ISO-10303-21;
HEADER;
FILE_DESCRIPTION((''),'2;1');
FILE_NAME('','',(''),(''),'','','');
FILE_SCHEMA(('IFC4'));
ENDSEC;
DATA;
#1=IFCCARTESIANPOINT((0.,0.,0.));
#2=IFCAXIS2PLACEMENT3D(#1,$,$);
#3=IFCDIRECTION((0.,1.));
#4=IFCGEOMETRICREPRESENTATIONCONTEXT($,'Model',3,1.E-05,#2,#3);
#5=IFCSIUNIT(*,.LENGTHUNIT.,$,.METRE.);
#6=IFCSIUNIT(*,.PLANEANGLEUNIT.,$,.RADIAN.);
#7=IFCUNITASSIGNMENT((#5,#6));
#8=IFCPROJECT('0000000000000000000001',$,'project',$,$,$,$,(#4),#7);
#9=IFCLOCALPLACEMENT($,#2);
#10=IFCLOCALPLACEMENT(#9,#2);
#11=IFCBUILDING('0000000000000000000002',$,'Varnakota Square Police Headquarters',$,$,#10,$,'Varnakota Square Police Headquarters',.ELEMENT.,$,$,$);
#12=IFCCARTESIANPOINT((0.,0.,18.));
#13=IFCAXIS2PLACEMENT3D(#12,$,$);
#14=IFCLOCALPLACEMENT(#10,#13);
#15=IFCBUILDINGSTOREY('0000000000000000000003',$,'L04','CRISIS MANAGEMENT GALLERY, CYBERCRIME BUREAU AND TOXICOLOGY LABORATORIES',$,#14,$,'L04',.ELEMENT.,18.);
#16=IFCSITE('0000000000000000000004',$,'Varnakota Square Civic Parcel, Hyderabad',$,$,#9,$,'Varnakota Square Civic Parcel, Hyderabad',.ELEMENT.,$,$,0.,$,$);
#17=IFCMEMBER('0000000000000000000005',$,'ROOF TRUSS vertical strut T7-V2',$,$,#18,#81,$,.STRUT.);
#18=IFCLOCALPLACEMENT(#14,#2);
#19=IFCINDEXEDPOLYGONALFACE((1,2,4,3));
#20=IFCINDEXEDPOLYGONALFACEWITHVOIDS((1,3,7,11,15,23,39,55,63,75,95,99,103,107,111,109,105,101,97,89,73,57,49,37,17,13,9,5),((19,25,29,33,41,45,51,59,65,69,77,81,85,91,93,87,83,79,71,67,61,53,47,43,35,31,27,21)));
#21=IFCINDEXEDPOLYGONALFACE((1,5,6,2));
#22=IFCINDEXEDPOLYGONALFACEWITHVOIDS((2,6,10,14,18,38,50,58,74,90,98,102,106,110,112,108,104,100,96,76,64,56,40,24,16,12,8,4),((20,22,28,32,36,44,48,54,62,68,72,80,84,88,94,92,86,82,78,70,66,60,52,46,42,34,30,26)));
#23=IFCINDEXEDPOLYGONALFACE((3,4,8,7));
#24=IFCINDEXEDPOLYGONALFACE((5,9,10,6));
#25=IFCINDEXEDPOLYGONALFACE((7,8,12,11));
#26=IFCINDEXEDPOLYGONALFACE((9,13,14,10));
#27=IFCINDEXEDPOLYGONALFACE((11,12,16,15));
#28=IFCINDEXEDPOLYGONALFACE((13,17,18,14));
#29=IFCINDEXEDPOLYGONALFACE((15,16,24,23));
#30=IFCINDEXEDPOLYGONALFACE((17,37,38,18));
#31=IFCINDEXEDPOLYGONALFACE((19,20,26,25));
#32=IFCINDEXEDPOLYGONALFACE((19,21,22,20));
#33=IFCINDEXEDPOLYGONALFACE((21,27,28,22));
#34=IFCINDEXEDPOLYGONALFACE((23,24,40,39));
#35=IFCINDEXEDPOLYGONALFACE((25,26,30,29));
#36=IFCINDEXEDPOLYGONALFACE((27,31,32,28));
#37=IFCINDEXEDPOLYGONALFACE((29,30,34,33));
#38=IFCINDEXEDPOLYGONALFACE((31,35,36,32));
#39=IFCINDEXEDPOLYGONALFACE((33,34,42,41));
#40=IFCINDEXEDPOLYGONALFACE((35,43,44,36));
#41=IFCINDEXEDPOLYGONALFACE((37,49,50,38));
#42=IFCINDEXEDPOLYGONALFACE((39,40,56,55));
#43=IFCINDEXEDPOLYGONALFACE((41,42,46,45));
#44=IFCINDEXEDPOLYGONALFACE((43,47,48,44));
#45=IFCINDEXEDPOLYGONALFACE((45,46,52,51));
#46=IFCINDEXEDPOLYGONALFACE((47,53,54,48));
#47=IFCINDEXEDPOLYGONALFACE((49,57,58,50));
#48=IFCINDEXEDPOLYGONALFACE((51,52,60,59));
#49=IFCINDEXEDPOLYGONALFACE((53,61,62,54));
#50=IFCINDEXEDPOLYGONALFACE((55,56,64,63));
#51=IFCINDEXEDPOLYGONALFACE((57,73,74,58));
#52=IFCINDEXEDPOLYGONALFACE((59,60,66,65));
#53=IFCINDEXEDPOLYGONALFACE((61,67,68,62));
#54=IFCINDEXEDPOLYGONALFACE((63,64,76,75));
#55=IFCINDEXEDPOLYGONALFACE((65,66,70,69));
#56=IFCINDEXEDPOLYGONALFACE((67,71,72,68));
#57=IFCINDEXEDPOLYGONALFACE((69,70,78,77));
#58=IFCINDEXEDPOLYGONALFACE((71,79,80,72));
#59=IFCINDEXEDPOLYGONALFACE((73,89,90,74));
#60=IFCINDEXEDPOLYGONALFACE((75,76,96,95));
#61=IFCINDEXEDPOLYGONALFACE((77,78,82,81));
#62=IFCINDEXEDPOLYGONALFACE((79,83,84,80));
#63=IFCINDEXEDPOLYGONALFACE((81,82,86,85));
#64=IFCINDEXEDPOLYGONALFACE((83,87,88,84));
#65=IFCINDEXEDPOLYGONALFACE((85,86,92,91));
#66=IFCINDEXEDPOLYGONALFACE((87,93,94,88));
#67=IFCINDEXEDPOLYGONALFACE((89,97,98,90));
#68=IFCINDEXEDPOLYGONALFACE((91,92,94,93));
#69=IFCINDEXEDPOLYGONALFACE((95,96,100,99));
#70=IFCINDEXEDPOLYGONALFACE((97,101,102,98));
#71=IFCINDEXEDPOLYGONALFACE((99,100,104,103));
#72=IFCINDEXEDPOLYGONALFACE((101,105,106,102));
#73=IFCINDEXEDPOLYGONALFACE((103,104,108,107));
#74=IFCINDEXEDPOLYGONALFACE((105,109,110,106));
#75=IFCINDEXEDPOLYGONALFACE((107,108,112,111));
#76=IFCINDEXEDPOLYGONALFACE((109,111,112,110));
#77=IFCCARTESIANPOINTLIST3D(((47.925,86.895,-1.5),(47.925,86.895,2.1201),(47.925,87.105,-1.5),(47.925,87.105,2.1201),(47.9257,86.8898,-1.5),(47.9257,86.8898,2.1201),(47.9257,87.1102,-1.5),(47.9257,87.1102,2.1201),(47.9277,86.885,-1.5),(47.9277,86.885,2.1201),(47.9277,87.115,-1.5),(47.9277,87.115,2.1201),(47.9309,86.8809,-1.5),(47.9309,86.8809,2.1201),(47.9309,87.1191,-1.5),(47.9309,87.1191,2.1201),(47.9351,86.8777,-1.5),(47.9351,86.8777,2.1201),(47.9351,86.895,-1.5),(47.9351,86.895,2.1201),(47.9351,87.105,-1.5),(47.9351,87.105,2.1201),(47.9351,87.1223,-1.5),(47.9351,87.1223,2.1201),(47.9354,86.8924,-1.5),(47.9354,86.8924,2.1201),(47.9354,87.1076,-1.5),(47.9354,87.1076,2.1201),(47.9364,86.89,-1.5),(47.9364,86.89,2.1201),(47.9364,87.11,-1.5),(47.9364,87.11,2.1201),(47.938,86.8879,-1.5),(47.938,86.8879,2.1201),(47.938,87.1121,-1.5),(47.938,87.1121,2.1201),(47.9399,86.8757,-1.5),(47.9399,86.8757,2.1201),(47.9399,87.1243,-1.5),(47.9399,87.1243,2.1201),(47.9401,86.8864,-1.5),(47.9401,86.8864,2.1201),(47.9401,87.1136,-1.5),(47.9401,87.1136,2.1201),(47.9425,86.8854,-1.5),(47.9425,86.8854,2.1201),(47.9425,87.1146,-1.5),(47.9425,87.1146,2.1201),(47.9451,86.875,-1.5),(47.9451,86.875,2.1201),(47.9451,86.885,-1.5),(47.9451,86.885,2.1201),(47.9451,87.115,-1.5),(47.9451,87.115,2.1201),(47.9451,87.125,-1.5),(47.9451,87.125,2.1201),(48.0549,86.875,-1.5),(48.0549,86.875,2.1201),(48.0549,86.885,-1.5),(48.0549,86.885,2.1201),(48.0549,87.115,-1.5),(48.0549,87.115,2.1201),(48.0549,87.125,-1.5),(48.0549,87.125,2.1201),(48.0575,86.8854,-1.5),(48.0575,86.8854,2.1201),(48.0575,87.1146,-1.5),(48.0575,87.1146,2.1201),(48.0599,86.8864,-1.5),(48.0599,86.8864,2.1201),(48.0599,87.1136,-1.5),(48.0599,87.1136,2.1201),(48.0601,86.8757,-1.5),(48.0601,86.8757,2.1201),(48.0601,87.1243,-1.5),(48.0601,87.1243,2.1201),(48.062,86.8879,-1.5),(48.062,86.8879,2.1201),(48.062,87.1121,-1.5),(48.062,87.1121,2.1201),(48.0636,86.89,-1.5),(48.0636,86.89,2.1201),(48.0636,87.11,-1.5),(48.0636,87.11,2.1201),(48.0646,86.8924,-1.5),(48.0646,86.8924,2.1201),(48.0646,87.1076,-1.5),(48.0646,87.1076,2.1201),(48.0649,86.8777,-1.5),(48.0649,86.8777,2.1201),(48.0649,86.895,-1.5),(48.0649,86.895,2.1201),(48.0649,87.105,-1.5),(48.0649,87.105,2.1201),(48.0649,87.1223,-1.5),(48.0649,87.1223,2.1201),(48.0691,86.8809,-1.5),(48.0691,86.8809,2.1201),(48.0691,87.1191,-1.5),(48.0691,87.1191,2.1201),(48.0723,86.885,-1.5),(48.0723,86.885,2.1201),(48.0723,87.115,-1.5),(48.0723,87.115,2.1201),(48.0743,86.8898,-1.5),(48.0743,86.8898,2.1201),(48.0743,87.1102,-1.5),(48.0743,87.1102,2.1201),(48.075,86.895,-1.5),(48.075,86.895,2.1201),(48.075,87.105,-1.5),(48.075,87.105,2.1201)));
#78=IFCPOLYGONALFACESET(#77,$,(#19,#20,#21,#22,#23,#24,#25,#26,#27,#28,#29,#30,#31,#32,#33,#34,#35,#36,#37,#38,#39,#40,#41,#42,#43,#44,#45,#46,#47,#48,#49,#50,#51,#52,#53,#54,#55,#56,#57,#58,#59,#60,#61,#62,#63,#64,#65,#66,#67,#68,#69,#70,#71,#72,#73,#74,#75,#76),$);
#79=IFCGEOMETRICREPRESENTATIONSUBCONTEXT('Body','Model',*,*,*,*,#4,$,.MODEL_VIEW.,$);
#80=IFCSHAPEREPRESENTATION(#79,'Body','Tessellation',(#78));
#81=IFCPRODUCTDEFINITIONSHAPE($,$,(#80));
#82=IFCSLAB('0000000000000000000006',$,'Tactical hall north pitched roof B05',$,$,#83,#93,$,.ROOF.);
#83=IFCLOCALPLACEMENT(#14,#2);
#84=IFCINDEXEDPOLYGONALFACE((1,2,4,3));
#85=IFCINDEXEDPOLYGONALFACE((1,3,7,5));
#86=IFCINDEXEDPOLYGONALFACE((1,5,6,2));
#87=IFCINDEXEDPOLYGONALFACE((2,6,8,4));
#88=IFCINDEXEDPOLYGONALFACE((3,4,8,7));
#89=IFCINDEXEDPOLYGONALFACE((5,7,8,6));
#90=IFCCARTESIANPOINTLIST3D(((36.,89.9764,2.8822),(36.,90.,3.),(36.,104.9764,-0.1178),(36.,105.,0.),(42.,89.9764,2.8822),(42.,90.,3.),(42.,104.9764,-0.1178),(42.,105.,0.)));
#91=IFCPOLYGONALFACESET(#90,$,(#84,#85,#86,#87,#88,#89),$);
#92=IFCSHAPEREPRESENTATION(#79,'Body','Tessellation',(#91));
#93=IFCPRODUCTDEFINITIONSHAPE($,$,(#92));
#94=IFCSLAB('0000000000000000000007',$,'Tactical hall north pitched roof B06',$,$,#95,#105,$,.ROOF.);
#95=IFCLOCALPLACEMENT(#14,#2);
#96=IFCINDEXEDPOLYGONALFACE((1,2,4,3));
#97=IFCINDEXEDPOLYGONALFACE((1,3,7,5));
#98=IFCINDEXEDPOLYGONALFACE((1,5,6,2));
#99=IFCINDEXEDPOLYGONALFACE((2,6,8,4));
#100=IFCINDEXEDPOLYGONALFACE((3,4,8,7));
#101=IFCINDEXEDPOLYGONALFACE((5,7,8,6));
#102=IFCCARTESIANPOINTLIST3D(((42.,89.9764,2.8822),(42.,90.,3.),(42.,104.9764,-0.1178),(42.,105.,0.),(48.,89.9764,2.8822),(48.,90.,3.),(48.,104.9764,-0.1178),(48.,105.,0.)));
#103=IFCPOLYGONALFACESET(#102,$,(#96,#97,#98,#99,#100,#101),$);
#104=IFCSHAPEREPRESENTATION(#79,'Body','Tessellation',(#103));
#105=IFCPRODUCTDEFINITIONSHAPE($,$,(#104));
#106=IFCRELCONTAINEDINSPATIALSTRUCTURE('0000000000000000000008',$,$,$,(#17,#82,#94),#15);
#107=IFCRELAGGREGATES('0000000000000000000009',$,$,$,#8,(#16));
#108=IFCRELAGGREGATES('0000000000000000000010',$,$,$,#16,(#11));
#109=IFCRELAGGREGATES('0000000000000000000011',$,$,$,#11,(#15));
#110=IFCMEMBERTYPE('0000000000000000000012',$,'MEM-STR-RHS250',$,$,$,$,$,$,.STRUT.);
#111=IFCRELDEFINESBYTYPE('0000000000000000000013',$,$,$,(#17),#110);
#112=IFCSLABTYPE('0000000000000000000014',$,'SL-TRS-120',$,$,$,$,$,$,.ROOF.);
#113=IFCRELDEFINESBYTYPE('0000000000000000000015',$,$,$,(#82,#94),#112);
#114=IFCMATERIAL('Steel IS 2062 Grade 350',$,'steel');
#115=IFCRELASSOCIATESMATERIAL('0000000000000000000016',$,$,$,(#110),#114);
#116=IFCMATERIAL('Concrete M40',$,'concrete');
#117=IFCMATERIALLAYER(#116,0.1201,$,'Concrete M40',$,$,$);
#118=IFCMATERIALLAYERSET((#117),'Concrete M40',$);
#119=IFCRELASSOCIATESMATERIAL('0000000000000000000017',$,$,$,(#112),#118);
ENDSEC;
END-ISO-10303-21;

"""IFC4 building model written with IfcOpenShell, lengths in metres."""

from ifc_helpers import new_model, si_unit, direction, frame, origin, origin_2d, place, context, subcontext, project, spatial, polyline, hollow_rectangle, outline, extrude, material, layer, layer_set, material_profile, profile_set, type_object, element, save


model = new_model("IFC4")

# Units and contexts
model_context = context("Model", 3, precision=1e-05, world=origin(), true_north=direction((0.0, 1.0)))
body_context = subcontext(model_context, "Body", "Model", "MODEL_VIEW")
ifc_project = project(units=[si_unit("LENGTHUNIT", "METRE"), si_unit("PLANEANGLEUNIT", "RADIAN")], contexts=[model_context])

# Site, building, storey
site_placement = place(None, origin())
site = spatial("IfcSite", under=ifc_project, at=site_placement, Name="Varnakota Square Civic Parcel, Hyderabad", LongName="Varnakota Square Civic Parcel, Hyderabad", CompositionType="ELEMENT", RefElevation=0.0)
building_placement = place(site_placement, origin())
building = spatial("IfcBuilding", under=site, at=building_placement, Name="Varnakota Square Police Headquarters", LongName="Varnakota Square Police Headquarters", CompositionType="ELEMENT")
storey_placement = place(building_placement, frame((0.0, 0.0, 18.0)))
storey = spatial("IfcBuildingStorey", under=building, at=storey_placement, Name="L04", Description="CRISIS MANAGEMENT GALLERY, CYBERCRIME BUREAU AND TOXICOLOGY LABORATORIES", LongName="L04", CompositionType="ELEMENT", Elevation=18.0)

# Shared definitions
ifc_material_1 = material(Name="Steel IS 2062 Grade 350", Category="steel")

# Member
ifc_material_profile_1 = material_profile(ifc_material_1, hollow_rectangle(XDim=0.1499, YDim=0.25, WallThickness=0.01, InnerFilletRadius=0.01, OuterFilletRadius=0.02, at=origin_2d()), Name="RHS 250x150x10")
ifc_profile_set_1 = profile_set([ifc_material_profile_1], Name="Steel IS 2062 Grade 350")
member_type_1 = type_object("IfcMemberType", Name="MEM-STR-RHS250", PredefinedType="STRUT", material=ifc_profile_set_1)
for number, where, z_axis, x_axis, name in (
    (1, (48.0, 87.0, -1.5), (0.0, 0.0, 1.0), (1.0, 0.0, 0.0), "ROOF TRUSS vertical strut T7-V2"),
):
    element("IfcMember", number, at=place(storey_placement, frame(where, z_axis=z_axis, x_axis=x_axis)), inside=storey, type_object=member_type_1, Name=name, PredefinedType="STRUT", context=body_context, shape_type="SweptSolid", body=[
        extrude(hollow_rectangle(XDim=0.1499, YDim=0.25, WallThickness=0.01, InnerFilletRadius=0.01, OuterFilletRadius=0.02, at=origin_2d()), origin(), (0.0, 0.0, 1.0), 3.6201),
    ])

# Slabs
ifc_material_2 = material(Name="Concrete M40", Category="concrete")
ifc_layer = layer(ifc_material_2, 0.1201, Name="Concrete M40")
ifc_layer_set = layer_set([ifc_layer], Name="Concrete M40")
slab_type = type_object("IfcSlabType", Name="SL-TRS-120", PredefinedType="ROOF", material=ifc_layer_set)
for number, where, z_axis, x_axis, name in (
    (2, (36.0, 90.0, 3.0), (0.0, 0.196116, 0.980581), (1.0, 0.0, 0.0), "Tactical hall north pitched roof B05"),
    (3, (42.0, 90.0, 3.0), (0.0, 0.196116, 0.980581), (1.0, 0.0, 0.0), "Tactical hall north pitched roof B06"),
):
    element("IfcSlab", number, at=place(storey_placement, frame(where, z_axis=z_axis, x_axis=x_axis)), inside=storey, type_object=slab_type, Name=name, PredefinedType="ROOF", context=body_context, shape_type="SweptSolid", body=[
        extrude(outline(polyline([(0.0, 0.0), (6.0, 0.0), (6.0, 15.2971), (0.0, 15.2971), (0.0, 0.0)])), origin(), (0.0, 0.0, -1.0), 0.1201),
    ])

save(model, "model.ifc")
